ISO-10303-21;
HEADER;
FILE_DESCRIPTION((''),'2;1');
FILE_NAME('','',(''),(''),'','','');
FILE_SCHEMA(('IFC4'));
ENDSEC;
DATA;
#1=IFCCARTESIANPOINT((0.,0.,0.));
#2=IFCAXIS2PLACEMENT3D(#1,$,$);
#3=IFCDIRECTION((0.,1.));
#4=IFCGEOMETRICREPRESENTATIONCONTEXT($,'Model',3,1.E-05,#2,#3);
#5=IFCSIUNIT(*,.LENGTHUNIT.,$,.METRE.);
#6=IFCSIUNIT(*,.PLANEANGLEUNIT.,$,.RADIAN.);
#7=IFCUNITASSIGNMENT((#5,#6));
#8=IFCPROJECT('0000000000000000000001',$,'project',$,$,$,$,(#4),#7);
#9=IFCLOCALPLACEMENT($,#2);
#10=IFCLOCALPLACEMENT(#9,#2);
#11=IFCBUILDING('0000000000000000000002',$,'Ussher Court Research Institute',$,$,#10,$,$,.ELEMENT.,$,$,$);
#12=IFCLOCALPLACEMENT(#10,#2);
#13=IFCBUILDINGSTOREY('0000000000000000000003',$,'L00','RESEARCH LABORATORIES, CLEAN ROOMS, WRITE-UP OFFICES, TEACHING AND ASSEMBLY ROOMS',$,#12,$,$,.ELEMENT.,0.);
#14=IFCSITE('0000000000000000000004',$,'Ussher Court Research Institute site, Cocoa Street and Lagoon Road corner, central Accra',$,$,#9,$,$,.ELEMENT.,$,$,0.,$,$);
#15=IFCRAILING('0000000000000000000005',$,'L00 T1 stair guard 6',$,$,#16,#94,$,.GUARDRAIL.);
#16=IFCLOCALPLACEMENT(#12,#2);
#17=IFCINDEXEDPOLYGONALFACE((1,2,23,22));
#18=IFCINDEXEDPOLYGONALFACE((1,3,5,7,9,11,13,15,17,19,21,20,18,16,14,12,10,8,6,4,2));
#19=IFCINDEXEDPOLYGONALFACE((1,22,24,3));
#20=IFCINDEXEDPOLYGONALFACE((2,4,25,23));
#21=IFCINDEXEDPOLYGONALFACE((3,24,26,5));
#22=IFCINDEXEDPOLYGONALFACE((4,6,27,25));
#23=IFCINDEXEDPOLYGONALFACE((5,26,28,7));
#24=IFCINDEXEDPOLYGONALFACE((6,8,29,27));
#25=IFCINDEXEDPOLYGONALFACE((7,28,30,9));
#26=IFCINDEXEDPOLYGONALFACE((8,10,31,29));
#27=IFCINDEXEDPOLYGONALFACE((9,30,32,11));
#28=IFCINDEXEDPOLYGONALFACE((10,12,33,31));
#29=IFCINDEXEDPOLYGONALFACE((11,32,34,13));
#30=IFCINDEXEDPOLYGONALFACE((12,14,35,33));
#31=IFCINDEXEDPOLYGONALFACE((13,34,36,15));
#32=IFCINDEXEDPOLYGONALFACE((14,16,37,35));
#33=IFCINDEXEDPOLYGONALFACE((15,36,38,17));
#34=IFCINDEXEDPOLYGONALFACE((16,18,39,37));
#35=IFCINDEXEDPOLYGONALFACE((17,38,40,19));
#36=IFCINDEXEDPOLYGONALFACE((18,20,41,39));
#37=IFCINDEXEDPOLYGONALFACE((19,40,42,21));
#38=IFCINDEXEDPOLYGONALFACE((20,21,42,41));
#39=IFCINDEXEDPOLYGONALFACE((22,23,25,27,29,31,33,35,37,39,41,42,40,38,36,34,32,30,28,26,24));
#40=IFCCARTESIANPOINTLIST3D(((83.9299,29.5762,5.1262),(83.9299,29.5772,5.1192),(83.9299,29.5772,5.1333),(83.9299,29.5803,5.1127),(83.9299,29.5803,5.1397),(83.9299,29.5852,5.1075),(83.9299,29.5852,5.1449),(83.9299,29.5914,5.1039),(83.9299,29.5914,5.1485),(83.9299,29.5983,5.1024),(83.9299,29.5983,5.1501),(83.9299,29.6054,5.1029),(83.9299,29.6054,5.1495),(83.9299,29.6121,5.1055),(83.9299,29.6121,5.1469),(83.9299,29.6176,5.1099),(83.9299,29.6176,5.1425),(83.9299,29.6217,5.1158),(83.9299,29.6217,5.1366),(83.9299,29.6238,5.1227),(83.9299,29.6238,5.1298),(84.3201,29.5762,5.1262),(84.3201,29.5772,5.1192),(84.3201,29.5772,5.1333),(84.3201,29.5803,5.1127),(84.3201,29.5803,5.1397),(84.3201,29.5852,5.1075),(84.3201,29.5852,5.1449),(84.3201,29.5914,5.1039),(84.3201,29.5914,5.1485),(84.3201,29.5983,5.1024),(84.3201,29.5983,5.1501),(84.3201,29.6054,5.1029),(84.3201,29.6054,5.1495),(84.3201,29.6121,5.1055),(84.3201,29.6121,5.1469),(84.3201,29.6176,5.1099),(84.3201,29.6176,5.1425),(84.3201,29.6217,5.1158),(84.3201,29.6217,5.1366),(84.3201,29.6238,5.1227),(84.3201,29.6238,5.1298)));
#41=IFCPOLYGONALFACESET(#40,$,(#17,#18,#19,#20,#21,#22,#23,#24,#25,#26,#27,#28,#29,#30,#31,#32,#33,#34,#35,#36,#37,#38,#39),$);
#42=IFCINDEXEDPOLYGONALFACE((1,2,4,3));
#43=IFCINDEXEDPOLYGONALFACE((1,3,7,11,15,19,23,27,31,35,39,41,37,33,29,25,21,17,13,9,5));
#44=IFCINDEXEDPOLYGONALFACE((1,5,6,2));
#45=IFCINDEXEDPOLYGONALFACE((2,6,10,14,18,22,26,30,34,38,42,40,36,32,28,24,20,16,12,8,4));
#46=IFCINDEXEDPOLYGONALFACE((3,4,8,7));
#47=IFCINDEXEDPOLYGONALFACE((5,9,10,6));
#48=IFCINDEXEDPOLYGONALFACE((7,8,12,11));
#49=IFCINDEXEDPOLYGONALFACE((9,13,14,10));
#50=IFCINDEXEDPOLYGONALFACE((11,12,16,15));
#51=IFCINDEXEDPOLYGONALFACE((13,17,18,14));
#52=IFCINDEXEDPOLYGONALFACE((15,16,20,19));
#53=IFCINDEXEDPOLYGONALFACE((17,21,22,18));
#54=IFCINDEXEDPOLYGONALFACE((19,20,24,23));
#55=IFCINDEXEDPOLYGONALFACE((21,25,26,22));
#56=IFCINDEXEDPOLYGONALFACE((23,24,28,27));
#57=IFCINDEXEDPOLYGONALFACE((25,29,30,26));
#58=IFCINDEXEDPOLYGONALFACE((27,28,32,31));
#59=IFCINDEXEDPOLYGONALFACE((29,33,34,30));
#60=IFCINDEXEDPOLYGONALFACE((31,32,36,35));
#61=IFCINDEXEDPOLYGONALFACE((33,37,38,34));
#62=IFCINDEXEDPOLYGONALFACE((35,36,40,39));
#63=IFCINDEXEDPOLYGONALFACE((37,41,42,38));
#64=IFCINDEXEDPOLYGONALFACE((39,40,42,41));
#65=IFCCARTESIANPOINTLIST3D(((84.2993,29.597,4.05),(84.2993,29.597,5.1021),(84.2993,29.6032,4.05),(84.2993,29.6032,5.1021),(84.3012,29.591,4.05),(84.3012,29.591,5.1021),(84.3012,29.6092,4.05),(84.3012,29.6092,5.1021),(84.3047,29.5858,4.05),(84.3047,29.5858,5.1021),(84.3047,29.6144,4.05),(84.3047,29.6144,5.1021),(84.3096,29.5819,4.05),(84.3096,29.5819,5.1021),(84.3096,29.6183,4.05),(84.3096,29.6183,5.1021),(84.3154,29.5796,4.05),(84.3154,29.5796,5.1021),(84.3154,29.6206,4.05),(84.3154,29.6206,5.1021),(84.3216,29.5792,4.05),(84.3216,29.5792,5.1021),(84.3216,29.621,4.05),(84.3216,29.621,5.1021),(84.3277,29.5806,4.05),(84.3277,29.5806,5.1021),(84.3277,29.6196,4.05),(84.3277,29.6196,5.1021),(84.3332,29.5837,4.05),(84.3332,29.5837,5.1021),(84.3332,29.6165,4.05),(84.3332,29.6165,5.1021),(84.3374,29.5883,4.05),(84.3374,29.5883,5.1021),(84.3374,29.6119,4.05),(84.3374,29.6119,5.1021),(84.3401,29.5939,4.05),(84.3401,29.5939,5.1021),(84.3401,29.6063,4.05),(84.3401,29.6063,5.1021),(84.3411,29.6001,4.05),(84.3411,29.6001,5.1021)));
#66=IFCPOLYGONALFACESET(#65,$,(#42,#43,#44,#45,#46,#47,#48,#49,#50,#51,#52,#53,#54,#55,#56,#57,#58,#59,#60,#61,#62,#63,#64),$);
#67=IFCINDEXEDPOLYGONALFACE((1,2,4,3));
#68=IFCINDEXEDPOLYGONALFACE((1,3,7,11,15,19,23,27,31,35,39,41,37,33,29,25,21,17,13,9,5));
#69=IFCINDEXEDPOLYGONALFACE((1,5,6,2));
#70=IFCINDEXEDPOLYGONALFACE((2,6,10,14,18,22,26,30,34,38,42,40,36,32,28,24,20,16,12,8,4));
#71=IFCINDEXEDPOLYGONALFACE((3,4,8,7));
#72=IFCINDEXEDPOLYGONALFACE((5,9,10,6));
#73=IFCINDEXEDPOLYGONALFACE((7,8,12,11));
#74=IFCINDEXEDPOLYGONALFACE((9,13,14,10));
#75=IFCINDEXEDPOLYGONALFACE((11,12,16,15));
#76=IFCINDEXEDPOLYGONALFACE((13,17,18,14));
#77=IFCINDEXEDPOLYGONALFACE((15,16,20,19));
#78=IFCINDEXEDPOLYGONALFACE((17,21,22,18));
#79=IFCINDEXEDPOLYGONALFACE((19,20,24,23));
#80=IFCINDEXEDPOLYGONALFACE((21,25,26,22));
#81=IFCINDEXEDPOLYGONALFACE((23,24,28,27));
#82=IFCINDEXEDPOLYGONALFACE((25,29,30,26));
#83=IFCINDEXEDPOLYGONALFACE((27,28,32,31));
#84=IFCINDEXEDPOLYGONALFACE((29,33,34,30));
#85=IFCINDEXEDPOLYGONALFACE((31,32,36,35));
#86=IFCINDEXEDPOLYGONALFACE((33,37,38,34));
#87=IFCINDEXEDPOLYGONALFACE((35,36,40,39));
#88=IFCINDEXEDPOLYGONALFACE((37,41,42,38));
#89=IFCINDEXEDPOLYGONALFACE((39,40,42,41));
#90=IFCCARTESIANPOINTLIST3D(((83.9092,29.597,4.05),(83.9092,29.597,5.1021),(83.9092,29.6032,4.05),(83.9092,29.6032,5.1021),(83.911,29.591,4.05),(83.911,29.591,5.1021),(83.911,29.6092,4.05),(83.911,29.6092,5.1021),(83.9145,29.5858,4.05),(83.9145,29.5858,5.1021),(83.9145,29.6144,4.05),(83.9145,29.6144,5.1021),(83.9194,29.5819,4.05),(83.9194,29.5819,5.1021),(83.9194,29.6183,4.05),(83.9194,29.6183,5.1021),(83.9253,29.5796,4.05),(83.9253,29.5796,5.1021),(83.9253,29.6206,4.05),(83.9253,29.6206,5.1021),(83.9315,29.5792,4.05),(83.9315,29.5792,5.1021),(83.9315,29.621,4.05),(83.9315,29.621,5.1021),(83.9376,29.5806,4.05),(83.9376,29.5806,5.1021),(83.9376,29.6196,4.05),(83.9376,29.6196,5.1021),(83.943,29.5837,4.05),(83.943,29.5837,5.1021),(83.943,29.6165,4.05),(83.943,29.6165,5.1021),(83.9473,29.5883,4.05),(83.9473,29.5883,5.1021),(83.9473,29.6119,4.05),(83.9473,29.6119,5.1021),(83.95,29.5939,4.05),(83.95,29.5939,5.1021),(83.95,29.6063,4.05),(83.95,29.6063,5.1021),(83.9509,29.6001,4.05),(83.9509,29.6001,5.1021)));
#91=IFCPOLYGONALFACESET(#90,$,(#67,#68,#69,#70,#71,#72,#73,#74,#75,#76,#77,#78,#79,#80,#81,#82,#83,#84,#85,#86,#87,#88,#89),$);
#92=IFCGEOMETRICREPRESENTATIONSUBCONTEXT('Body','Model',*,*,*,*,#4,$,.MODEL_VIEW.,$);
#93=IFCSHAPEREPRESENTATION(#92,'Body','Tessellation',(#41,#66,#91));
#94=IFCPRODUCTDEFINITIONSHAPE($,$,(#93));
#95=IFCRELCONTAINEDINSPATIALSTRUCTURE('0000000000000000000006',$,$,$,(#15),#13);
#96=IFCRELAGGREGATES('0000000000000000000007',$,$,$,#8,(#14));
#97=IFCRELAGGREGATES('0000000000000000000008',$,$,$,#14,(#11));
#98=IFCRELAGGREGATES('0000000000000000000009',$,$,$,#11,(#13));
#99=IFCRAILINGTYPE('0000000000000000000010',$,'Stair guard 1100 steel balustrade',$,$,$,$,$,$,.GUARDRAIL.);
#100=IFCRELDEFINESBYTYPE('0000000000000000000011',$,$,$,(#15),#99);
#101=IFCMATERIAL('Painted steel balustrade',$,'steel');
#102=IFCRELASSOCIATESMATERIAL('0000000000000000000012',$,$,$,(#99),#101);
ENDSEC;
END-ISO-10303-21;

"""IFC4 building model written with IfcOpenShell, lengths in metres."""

from ifc_helpers import new_model, si_unit, direction, frame, origin, origin_2d, place, context, subcontext, project, spatial, circle, extrude, material, type_object, element, save


model = new_model("IFC4")

# Units and contexts
model_context = context("Model", 3, precision=1e-05, world=origin(), true_north=direction((0.0, 1.0)))
body_context = subcontext(model_context, "Body", "Model", "MODEL_VIEW")
ifc_project = project(units=[si_unit("LENGTHUNIT", "METRE"), si_unit("PLANEANGLEUNIT", "RADIAN")], contexts=[model_context])

# Site, building, storey
site_placement = place(None, origin())
site = spatial("IfcSite", under=ifc_project, at=site_placement, Name="Ussher Court Research Institute site, Cocoa Street and Lagoon Road corner, central Accra", CompositionType="ELEMENT", RefElevation=0.0)
building_placement = place(site_placement, origin())
building = spatial("IfcBuilding", under=site, at=building_placement, Name="Ussher Court Research Institute", CompositionType="ELEMENT")
storey_placement = place(building_placement, origin())
storey = spatial("IfcBuildingStorey", under=building, at=storey_placement, Name="L00", Description="RESEARCH LABORATORIES, CLEAN ROOMS, WRITE-UP OFFICES, TEACHING AND ASSEMBLY ROOMS", CompositionType="ELEMENT", Elevation=0.0)

# Railing
ifc_material_1 = material(Name="Painted steel balustrade", Category="steel")
railing_type_1 = type_object("IfcRailingType", Name="Stair guard 1100 steel balustrade", PredefinedType="GUARDRAIL", material=ifc_material_1)
railing_1_placement = place(storey_placement, frame((84.3201, 29.6001, 4.05)))
element("IfcRailing", 1, at=railing_1_placement, inside=storey, type_object=railing_type_1, Name="L00 T1 stair guard 6", PredefinedType="GUARDRAIL", context=body_context, shape_type="SweptSolid", body=[
    extrude(circle(Radius=0.0239, at=origin_2d()), frame((0.0, 0.0, 1.0762), z_axis=(-1.0, 0.0, 0.0), x_axis=(0.0, -1.0, 0.0)), (0.0, 0.0, 1.0), 0.3901),
    extrude(circle(Radius=0.021, at=origin_2d()), origin(), (0.0, 0.0, 1.0), 1.052),
    extrude(circle(Radius=0.021, at=origin_2d()), frame((-0.3901, 0.0, 0.0)), (0.0, 0.0, 1.0), 1.052),
])

save(model, "model.ifc")
